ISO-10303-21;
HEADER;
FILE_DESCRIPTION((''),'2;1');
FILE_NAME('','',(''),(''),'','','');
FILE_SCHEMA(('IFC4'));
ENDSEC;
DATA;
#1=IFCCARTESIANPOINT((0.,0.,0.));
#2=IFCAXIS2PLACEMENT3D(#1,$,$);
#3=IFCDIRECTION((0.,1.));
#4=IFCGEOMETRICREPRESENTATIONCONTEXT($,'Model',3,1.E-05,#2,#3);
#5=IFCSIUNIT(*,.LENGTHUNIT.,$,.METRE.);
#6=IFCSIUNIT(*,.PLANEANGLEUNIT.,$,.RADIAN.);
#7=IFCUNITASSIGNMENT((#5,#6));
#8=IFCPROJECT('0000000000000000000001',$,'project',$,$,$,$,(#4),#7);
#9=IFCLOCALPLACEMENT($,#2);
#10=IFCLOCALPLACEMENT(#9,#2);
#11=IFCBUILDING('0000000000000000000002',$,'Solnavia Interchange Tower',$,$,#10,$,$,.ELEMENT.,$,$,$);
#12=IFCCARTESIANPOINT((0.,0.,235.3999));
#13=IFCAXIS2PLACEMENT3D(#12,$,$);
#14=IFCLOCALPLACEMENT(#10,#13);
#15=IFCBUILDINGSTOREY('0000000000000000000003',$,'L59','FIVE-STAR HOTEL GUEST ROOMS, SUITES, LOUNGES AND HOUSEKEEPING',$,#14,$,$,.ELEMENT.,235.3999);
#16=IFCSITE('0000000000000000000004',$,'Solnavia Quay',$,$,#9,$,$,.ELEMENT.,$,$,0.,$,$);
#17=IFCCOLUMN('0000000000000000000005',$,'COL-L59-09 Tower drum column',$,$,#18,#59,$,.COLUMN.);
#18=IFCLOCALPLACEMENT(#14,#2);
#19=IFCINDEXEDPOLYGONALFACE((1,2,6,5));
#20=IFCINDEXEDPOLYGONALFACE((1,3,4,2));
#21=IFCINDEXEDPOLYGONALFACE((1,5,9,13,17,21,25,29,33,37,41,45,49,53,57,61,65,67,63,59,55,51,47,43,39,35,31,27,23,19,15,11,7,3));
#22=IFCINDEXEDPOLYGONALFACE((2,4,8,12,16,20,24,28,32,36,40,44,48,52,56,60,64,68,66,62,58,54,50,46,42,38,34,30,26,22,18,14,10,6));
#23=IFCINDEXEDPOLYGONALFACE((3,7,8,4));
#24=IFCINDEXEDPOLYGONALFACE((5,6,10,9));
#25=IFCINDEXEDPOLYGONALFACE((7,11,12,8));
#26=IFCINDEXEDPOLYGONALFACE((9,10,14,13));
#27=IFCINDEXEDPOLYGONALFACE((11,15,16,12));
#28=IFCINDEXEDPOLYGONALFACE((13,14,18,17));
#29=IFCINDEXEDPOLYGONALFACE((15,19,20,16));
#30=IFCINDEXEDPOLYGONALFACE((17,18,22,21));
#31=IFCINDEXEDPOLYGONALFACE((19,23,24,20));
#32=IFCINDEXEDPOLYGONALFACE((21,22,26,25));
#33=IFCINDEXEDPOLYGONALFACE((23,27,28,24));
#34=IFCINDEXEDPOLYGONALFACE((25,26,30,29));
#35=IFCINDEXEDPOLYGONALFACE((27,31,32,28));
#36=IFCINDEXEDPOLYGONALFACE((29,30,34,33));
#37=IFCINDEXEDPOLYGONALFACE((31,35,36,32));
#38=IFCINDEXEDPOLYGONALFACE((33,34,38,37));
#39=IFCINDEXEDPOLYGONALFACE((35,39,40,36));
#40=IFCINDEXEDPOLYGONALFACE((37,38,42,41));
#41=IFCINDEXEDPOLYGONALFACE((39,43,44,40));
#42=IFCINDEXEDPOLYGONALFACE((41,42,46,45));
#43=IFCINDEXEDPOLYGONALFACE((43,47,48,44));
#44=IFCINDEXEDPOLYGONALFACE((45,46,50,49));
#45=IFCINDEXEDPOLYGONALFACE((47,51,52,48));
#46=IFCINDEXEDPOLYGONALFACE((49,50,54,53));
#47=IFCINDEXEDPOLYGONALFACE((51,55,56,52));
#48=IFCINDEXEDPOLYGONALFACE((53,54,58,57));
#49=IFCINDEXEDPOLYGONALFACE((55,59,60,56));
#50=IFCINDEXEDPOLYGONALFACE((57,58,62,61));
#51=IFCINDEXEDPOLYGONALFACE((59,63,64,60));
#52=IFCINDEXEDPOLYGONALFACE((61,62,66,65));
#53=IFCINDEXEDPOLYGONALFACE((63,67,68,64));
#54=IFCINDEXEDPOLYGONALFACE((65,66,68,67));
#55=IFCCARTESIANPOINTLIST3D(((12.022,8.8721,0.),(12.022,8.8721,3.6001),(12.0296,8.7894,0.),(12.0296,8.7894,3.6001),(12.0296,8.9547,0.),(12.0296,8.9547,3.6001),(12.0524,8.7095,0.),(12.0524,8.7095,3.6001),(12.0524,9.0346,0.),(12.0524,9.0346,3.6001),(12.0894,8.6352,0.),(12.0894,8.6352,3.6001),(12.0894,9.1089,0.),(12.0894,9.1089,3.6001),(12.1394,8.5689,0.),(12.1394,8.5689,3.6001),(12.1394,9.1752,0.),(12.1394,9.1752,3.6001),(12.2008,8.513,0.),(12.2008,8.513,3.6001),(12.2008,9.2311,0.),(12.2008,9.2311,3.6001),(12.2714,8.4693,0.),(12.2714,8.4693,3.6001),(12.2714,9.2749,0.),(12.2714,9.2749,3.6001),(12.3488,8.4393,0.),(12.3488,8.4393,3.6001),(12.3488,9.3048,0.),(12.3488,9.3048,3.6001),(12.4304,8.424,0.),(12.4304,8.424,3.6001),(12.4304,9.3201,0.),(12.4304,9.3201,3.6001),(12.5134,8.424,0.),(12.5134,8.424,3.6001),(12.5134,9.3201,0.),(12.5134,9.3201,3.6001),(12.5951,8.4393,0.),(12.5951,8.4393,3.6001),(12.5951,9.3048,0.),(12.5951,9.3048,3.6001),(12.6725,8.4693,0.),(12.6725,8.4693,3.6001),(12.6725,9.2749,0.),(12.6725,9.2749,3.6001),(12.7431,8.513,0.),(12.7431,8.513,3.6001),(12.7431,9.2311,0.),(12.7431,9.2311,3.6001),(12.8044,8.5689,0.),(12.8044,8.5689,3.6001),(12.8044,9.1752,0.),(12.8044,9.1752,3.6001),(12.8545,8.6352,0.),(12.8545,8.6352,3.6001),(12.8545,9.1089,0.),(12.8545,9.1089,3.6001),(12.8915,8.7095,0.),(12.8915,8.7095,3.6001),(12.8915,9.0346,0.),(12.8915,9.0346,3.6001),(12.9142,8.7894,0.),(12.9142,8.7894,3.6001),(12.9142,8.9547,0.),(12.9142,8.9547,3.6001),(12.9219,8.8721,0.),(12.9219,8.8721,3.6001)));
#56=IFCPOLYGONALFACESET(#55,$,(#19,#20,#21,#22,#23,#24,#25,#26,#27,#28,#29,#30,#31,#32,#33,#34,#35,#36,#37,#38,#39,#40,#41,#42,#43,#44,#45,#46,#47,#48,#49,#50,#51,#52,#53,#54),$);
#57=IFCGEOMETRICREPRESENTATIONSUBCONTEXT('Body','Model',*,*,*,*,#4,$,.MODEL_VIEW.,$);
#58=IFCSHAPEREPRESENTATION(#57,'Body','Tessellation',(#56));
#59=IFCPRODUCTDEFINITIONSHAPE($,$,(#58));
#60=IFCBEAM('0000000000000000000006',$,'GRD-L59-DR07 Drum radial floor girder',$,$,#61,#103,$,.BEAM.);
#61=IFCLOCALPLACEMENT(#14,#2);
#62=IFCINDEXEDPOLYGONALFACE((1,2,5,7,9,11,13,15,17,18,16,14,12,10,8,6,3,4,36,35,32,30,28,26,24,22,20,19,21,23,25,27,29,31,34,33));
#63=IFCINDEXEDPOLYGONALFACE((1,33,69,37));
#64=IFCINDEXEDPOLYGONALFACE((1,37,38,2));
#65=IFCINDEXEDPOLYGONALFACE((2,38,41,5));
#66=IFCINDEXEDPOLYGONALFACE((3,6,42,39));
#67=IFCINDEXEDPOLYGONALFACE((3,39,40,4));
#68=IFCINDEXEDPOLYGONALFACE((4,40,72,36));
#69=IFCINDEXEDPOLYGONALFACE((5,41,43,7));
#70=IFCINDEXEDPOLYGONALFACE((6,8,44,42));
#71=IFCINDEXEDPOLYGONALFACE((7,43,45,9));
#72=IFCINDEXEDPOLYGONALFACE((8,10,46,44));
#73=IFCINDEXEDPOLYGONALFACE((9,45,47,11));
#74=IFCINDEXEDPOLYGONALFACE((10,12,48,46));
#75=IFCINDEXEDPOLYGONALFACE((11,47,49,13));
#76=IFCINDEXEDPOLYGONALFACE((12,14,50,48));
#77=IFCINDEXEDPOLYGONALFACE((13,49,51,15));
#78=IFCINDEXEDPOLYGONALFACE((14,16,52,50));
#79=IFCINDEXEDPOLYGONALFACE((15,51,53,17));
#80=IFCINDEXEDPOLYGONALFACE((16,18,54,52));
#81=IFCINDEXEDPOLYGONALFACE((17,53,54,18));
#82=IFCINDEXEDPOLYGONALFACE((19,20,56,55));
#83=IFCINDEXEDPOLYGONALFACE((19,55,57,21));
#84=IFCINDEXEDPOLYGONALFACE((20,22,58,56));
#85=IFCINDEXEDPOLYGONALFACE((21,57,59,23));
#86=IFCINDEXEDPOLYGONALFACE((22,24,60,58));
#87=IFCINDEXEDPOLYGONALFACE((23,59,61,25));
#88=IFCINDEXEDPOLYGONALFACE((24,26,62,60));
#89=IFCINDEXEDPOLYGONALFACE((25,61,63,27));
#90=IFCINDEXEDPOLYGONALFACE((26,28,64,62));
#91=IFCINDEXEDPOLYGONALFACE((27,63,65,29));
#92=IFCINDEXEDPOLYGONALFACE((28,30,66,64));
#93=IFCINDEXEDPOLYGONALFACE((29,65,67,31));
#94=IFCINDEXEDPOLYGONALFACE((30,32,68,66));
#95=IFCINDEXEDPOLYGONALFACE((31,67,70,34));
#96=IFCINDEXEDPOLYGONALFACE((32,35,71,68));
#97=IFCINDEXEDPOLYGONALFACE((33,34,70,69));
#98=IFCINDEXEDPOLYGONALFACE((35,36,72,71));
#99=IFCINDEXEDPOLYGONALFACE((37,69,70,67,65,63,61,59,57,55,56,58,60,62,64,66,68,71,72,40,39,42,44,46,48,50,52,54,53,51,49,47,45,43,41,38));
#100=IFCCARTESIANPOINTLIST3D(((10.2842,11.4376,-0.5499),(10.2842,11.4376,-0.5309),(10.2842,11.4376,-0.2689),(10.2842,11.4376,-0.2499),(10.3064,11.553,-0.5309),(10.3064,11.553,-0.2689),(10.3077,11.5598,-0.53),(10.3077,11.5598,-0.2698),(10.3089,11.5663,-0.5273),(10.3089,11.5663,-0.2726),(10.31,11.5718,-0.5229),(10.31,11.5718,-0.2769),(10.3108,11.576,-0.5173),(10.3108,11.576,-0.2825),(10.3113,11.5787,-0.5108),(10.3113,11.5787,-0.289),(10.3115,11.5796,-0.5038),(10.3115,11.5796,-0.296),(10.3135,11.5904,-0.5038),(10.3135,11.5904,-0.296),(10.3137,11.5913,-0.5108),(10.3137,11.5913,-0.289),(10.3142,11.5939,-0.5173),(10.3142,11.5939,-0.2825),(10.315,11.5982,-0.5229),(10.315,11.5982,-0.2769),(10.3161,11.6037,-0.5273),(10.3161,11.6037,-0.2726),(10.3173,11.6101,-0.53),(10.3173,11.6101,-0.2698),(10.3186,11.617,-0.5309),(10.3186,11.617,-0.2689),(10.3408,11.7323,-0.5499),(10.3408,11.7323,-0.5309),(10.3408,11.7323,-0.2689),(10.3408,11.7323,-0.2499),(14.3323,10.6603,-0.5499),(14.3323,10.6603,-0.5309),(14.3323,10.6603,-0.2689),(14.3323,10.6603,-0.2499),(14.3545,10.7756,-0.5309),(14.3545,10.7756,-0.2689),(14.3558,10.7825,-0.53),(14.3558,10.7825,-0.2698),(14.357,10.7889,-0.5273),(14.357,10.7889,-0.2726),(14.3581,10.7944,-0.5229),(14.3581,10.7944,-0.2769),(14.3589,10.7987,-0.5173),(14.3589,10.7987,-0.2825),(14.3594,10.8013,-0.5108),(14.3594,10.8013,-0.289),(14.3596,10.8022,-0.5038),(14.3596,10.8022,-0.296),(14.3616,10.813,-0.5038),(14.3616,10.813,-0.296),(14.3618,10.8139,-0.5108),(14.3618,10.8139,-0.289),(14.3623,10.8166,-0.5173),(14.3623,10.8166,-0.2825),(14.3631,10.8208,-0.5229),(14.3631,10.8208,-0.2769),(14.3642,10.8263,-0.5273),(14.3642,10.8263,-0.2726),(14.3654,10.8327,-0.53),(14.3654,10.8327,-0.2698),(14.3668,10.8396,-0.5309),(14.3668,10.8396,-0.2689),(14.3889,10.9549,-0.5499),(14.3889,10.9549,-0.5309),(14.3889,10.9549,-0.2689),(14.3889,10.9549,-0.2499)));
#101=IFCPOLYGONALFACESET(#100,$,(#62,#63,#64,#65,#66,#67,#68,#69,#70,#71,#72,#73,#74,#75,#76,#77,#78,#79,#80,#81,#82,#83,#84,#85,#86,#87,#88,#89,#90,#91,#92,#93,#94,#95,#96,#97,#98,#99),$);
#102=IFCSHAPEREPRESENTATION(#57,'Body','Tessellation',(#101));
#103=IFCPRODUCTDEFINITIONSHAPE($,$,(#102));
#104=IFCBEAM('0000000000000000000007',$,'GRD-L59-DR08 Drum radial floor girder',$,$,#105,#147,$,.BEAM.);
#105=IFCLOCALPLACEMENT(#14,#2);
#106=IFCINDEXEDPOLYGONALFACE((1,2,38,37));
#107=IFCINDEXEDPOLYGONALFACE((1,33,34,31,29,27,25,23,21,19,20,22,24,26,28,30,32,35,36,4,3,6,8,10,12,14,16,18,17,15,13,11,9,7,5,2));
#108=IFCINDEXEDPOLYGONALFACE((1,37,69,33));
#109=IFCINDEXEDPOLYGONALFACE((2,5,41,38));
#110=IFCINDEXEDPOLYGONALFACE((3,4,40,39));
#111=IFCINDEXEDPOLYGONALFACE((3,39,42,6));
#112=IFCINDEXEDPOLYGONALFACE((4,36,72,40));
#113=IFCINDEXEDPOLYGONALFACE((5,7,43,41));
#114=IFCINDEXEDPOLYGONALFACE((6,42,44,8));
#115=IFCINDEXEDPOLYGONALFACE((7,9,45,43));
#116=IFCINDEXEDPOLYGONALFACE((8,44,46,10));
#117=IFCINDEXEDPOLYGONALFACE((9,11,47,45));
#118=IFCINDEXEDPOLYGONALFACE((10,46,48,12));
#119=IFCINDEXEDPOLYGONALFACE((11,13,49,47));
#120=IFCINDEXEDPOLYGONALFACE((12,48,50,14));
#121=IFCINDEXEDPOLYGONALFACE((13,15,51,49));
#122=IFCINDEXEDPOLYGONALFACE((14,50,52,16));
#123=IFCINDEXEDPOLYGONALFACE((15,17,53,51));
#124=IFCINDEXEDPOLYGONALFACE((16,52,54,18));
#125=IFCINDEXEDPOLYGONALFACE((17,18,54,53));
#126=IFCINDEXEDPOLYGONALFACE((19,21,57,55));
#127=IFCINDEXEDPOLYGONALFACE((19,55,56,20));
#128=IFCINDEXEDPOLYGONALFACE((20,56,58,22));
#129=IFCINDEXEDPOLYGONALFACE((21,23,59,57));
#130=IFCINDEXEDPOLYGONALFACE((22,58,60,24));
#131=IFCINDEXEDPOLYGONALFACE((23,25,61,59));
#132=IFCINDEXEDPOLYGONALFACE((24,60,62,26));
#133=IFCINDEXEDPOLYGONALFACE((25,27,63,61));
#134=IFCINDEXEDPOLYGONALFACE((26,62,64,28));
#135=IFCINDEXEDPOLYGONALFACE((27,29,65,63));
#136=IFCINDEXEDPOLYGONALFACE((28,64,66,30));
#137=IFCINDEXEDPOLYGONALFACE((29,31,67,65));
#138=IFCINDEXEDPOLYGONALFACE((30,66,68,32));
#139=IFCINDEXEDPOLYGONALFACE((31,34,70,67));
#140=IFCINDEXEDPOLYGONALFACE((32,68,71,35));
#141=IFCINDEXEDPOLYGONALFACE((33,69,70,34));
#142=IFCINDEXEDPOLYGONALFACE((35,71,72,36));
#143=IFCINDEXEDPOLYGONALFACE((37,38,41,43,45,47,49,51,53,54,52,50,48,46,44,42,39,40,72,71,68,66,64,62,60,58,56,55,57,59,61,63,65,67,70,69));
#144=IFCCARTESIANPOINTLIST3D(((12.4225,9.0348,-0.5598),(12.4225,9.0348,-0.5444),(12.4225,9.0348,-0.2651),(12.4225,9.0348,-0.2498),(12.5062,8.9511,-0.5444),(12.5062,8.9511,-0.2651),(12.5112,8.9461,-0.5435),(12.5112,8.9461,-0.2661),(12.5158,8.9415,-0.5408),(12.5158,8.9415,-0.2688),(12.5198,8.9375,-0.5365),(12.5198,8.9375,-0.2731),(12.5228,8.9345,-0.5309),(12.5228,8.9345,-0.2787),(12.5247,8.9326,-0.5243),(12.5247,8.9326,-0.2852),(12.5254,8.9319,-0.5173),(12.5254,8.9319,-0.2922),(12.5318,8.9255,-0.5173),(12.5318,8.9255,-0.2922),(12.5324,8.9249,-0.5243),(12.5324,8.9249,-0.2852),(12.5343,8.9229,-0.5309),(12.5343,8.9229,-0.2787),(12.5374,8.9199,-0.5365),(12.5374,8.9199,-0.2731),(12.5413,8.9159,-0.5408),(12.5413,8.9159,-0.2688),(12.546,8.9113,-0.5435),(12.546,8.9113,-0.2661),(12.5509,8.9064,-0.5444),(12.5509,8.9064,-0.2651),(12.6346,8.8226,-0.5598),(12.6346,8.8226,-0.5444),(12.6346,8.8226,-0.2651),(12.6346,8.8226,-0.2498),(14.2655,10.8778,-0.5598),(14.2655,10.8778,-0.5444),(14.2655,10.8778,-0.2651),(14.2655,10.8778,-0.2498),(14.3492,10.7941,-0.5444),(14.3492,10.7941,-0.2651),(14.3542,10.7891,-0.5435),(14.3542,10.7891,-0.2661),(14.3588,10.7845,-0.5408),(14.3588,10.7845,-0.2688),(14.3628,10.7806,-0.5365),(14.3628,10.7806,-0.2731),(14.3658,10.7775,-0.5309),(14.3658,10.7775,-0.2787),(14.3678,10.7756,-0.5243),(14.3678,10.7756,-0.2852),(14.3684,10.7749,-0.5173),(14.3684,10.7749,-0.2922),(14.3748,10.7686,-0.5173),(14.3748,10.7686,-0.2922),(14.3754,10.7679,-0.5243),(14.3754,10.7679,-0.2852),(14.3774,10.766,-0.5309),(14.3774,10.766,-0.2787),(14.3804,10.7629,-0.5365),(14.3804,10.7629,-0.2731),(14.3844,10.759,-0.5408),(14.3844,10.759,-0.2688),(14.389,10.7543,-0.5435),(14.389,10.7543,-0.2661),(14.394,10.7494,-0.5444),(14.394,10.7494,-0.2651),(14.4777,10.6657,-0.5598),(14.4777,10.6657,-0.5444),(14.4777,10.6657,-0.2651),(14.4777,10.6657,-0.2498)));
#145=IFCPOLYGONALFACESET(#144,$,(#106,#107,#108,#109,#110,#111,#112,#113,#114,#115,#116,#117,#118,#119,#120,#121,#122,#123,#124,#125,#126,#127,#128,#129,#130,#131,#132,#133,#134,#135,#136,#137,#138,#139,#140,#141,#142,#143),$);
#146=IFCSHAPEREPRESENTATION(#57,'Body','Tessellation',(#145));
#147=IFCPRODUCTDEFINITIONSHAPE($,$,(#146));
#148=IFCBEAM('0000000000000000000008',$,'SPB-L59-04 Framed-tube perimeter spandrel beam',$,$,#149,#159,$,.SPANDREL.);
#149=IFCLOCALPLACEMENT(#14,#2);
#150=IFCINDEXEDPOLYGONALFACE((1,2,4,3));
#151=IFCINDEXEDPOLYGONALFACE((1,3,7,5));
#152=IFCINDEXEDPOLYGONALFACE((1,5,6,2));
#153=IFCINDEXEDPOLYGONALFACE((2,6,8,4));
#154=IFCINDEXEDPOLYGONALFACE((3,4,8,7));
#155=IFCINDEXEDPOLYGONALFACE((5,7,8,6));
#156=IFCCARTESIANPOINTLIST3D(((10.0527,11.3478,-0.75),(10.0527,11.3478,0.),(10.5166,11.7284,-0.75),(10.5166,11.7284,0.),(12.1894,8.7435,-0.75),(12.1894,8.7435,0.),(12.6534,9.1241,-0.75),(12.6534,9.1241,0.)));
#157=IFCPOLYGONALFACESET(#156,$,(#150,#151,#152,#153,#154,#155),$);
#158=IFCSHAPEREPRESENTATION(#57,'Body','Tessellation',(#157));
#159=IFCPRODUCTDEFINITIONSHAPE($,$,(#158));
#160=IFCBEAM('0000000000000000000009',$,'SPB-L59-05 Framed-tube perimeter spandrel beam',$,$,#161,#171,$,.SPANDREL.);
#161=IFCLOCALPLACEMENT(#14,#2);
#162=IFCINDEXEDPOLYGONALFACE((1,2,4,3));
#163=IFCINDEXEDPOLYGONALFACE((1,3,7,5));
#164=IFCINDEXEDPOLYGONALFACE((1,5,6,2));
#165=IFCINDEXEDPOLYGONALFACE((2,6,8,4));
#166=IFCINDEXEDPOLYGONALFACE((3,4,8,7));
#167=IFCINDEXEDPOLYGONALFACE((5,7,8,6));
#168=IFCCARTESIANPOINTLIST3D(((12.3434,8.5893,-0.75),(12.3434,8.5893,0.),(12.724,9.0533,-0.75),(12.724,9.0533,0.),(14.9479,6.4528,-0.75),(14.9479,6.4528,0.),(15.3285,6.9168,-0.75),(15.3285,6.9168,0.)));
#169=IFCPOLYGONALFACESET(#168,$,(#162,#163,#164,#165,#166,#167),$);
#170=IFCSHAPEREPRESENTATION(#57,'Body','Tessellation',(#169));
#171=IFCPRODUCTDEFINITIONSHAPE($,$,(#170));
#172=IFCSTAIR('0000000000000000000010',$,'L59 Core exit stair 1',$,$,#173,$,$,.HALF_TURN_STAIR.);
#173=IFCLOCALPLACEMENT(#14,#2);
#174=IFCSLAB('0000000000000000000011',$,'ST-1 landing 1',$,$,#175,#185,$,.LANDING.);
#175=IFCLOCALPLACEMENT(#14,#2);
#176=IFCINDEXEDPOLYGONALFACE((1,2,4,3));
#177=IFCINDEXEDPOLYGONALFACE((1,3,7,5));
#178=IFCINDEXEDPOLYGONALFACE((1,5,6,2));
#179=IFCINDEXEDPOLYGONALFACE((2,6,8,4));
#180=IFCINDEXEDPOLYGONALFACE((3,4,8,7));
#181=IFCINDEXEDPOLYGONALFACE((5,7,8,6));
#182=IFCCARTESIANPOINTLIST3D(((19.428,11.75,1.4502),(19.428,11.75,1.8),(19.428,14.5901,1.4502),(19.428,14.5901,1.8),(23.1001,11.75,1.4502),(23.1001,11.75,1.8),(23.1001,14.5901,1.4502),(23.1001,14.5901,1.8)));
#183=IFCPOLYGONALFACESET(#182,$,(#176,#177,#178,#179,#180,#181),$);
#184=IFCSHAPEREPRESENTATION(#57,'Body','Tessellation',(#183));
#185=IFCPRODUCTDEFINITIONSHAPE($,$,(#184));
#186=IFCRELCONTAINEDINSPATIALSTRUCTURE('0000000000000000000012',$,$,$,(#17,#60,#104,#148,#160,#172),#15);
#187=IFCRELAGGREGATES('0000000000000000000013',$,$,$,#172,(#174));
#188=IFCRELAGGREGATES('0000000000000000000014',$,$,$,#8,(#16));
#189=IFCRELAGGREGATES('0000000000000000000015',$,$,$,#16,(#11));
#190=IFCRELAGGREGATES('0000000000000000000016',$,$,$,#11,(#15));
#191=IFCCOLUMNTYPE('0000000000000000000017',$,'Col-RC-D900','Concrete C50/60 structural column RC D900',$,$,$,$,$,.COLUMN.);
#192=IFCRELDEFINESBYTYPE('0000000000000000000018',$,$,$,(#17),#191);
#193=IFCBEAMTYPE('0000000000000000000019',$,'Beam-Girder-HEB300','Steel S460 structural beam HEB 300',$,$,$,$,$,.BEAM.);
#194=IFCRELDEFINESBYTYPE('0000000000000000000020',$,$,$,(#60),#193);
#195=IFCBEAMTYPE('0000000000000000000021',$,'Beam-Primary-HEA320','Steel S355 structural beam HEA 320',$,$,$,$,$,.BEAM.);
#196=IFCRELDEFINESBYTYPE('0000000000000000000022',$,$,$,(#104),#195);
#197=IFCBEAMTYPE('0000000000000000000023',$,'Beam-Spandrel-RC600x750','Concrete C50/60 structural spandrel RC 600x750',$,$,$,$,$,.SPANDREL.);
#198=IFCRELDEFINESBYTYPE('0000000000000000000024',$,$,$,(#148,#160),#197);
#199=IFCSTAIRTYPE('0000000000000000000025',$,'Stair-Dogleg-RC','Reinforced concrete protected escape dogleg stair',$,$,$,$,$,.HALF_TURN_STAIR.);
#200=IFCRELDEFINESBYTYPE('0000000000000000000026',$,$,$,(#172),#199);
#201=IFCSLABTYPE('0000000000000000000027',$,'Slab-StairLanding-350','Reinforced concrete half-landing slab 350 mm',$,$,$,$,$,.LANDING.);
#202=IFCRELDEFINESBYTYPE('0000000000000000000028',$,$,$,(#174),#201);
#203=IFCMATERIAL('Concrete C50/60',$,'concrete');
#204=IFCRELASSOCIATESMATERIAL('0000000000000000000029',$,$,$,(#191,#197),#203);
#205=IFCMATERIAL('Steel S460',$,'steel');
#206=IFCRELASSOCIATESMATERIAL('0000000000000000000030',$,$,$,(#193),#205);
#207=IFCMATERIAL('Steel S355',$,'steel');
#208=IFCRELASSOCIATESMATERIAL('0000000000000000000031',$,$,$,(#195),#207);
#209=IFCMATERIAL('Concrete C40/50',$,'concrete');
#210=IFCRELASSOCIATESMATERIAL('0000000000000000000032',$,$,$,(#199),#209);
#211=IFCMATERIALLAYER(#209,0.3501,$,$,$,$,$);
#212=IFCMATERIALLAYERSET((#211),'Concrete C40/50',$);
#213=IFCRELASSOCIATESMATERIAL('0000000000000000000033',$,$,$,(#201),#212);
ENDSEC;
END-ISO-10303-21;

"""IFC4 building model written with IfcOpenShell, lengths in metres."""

from ifc_helpers import new_model, si_unit, direction, frame, origin, origin_2d, place, context, subcontext, project, spatial, polyline, rectangle, circle, i_section, outline, extrude, material, layer, layer_set, material_profile, profile_set, type_object, element, aggregate, save


model = new_model("IFC4")

# Units and contexts
model_context = context("Model", 3, precision=1e-05, world=origin(), true_north=direction((0.0, 1.0)))
body_context = subcontext(model_context, "Body", "Model", "MODEL_VIEW")
ifc_project = project(units=[si_unit("LENGTHUNIT", "METRE"), si_unit("PLANEANGLEUNIT", "RADIAN")], contexts=[model_context])

# Site, building, storey
site_placement = place(None, origin())
site = spatial("IfcSite", under=ifc_project, at=site_placement, Name="Solnavia Quay", CompositionType="ELEMENT", RefElevation=0.0)
building_placement = place(site_placement, origin())
building = spatial("IfcBuilding", under=site, at=building_placement, Name="Solnavia Interchange Tower", CompositionType="ELEMENT")
storey_placement = place(building_placement, frame((0.0, 0.0, 235.3999)))
storey = spatial("IfcBuildingStorey", under=building, at=storey_placement, Name="L59", Description="FIVE-STAR HOTEL GUEST ROOMS, SUITES, LOUNGES AND HOUSEKEEPING", CompositionType="ELEMENT", Elevation=235.3999)

# Column
ifc_material_1 = material(Name="Concrete C50/60", Category="concrete")
ifc_material_profile_1 = material_profile(ifc_material_1, circle(Radius=0.45, at=origin_2d()), Name="RC D900")
ifc_profile_set_1 = profile_set([ifc_material_profile_1], Name="Concrete C50/60")
column_type = type_object("IfcColumnType", Name="Col-RC-D900", Description="Concrete C50/60 structural column RC D900", PredefinedType="COLUMN", material=ifc_profile_set_1)
column_placement = place(storey_placement, frame((12.4719, 8.8721, 0.0), z_axis=(0.0, 0.0, 1.0), x_axis=(1.0, 0.0, 0.0)))
element("IfcColumn", 1, at=column_placement, inside=storey, type_object=column_type, Name="COL-L59-09 Tower drum column", PredefinedType="COLUMN", context=body_context, shape_type="SweptSolid", body=[
    extrude(circle(Radius=0.45, at=origin_2d()), origin(), (0.0, 0.0, 1.0), 3.6001),
])

# Beams
ifc_material_2 = material(Name="Steel S460", Category="steel")
ifc_material_profile_2 = material_profile(ifc_material_2, i_section(OverallWidth=0.3, OverallDepth=0.3, WebThickness=0.011, FlangeThickness=0.019, FilletRadius=0.0271, at=origin_2d()), Name="HEB 300")
ifc_profile_set_2 = profile_set([ifc_material_profile_2], Name="Steel S460")
beam_type_1 = type_object("IfcBeamType", Name="Beam-Girder-HEB300", Description="Steel S460 structural beam HEB 300", PredefinedType="BEAM", material=ifc_profile_set_2)
beam_1_placement = place(storey_placement, frame((10.3125, 11.585, -0.3999), z_axis=(0.982058, -0.188582, 0.0), x_axis=(0.188582, 0.982058, 0.0)))
element("IfcBeam", 2, at=beam_1_placement, inside=storey, type_object=beam_type_1, Name="GRD-L59-DR07 Drum radial floor girder", PredefinedType="BEAM", context=body_context, shape_type="SweptSolid", body=[
    extrude(i_section(OverallWidth=0.3, OverallDepth=0.3, WebThickness=0.011, FlangeThickness=0.019, FilletRadius=0.0271, at=origin_2d()), origin(), (0.0, 0.0, 1.0), 4.1221),
])
ifc_material_3 = material(Name="Steel S355", Category="steel")
ifc_material_profile_3 = material_profile(ifc_material_3, i_section(OverallWidth=0.3, OverallDepth=0.3101, WebThickness=0.009, FlangeThickness=0.0154, FilletRadius=0.0271, at=origin_2d()), Name="HEA 320")
ifc_profile_set_3 = profile_set([ifc_material_profile_3], Name="Steel S355")
beam_type_2 = type_object("IfcBeamType", Name="Beam-Primary-HEA320", Description="Steel S355 structural beam HEA 320", PredefinedType="BEAM", material=ifc_profile_set_3)
beam_2_placement = place(storey_placement, frame((12.5286, 8.9287, -0.4048), z_axis=(0.707107, 0.707107, 0.0), x_axis=(-0.707107, 0.707107, 0.0)))
element("IfcBeam", 3, at=beam_2_placement, inside=storey, type_object=beam_type_2, Name="GRD-L59-DR08 Drum radial floor girder", PredefinedType="BEAM", context=body_context, shape_type="SweptSolid", body=[
    extrude(i_section(OverallWidth=0.3, OverallDepth=0.3101, WebThickness=0.009, FlangeThickness=0.0154, FilletRadius=0.0271, at=origin_2d()), origin(), (0.0, 0.0, 1.0), 2.6064),
])
ifc_material_profile_4 = material_profile(ifc_material_1, rectangle(XDim=0.6001, YDim=0.75, at=origin_2d()), Name="RC 600x750")
ifc_profile_set_4 = profile_set([ifc_material_profile_4], Name="Concrete C50/60")
beam_type_3 = type_object("IfcBeamType", Name="Beam-Spandrel-RC600x750", Description="Concrete C50/60 structural spandrel RC 600x750", PredefinedType="SPANDREL", material=ifc_profile_set_4)
for number, where, z_axis, x_axis, name in (
    (4, (10.2847, 11.5381, -0.375), (0.634299, -0.773088, 0.0), (0.773088, 0.634299, 0.0), "SPB-L59-04 Framed-tube perimeter spandrel beam"),
    (5, (12.5337, 8.8213, -0.375), (0.773153, -0.63422, 0.0), (0.63422, 0.773153, 0.0), "SPB-L59-05 Framed-tube perimeter spandrel beam"),
):
    element("IfcBeam", number, at=place(storey_placement, frame(where, z_axis=z_axis, x_axis=x_axis)), inside=storey, type_object=beam_type_3, Name=name, PredefinedType="SPANDREL", context=body_context, shape_type="SweptSolid", body=[
        extrude(rectangle(XDim=0.6001, YDim=0.75, at=origin_2d()), origin(), (0.0, 0.0, 1.0), 3.3687),
    ])

# Stair, slab
ifc_material_4 = material(Name="Concrete C40/50", Category="concrete")
stair_type = type_object("IfcStairType", Name="Stair-Dogleg-RC", Description="Reinforced concrete protected escape dogleg stair", PredefinedType="HALF_TURN_STAIR", material=ifc_material_4)
stair_1_placement = place(storey_placement, origin())
stair_1 = element("IfcStair", 6, at=stair_1_placement, inside=storey, type_object=stair_type, Name="L59 Core exit stair 1", PredefinedType="HALF_TURN_STAIR")
ifc_layer_1 = layer(ifc_material_4, 0.3501)
ifc_layer_set_1 = layer_set([ifc_layer_1], Name="Concrete C40/50")
slab_type_1 = type_object("IfcSlabType", Name="Slab-StairLanding-350", Description="Reinforced concrete half-landing slab 350 mm", PredefinedType="LANDING", material=ifc_layer_set_1)
slab_1_placement = place(storey_placement, frame((0.0, 0.0, 1.4502)))
slab_1 = element("IfcSlab", 7, at=slab_1_placement, type_object=slab_type_1, Name="ST-1 landing 1", PredefinedType="LANDING", context=body_context, shape_type="SweptSolid", body=[
    extrude(outline(polyline([(19.428, 11.75), (23.1001, 11.75), (23.1001, 14.5901), (19.428, 14.5901), (19.428, 11.75)])), origin(), (0.0, 0.0, 1.0), 0.3499),
])
aggregate(stair_1, [slab_1])

save(model, "model.ifc")
